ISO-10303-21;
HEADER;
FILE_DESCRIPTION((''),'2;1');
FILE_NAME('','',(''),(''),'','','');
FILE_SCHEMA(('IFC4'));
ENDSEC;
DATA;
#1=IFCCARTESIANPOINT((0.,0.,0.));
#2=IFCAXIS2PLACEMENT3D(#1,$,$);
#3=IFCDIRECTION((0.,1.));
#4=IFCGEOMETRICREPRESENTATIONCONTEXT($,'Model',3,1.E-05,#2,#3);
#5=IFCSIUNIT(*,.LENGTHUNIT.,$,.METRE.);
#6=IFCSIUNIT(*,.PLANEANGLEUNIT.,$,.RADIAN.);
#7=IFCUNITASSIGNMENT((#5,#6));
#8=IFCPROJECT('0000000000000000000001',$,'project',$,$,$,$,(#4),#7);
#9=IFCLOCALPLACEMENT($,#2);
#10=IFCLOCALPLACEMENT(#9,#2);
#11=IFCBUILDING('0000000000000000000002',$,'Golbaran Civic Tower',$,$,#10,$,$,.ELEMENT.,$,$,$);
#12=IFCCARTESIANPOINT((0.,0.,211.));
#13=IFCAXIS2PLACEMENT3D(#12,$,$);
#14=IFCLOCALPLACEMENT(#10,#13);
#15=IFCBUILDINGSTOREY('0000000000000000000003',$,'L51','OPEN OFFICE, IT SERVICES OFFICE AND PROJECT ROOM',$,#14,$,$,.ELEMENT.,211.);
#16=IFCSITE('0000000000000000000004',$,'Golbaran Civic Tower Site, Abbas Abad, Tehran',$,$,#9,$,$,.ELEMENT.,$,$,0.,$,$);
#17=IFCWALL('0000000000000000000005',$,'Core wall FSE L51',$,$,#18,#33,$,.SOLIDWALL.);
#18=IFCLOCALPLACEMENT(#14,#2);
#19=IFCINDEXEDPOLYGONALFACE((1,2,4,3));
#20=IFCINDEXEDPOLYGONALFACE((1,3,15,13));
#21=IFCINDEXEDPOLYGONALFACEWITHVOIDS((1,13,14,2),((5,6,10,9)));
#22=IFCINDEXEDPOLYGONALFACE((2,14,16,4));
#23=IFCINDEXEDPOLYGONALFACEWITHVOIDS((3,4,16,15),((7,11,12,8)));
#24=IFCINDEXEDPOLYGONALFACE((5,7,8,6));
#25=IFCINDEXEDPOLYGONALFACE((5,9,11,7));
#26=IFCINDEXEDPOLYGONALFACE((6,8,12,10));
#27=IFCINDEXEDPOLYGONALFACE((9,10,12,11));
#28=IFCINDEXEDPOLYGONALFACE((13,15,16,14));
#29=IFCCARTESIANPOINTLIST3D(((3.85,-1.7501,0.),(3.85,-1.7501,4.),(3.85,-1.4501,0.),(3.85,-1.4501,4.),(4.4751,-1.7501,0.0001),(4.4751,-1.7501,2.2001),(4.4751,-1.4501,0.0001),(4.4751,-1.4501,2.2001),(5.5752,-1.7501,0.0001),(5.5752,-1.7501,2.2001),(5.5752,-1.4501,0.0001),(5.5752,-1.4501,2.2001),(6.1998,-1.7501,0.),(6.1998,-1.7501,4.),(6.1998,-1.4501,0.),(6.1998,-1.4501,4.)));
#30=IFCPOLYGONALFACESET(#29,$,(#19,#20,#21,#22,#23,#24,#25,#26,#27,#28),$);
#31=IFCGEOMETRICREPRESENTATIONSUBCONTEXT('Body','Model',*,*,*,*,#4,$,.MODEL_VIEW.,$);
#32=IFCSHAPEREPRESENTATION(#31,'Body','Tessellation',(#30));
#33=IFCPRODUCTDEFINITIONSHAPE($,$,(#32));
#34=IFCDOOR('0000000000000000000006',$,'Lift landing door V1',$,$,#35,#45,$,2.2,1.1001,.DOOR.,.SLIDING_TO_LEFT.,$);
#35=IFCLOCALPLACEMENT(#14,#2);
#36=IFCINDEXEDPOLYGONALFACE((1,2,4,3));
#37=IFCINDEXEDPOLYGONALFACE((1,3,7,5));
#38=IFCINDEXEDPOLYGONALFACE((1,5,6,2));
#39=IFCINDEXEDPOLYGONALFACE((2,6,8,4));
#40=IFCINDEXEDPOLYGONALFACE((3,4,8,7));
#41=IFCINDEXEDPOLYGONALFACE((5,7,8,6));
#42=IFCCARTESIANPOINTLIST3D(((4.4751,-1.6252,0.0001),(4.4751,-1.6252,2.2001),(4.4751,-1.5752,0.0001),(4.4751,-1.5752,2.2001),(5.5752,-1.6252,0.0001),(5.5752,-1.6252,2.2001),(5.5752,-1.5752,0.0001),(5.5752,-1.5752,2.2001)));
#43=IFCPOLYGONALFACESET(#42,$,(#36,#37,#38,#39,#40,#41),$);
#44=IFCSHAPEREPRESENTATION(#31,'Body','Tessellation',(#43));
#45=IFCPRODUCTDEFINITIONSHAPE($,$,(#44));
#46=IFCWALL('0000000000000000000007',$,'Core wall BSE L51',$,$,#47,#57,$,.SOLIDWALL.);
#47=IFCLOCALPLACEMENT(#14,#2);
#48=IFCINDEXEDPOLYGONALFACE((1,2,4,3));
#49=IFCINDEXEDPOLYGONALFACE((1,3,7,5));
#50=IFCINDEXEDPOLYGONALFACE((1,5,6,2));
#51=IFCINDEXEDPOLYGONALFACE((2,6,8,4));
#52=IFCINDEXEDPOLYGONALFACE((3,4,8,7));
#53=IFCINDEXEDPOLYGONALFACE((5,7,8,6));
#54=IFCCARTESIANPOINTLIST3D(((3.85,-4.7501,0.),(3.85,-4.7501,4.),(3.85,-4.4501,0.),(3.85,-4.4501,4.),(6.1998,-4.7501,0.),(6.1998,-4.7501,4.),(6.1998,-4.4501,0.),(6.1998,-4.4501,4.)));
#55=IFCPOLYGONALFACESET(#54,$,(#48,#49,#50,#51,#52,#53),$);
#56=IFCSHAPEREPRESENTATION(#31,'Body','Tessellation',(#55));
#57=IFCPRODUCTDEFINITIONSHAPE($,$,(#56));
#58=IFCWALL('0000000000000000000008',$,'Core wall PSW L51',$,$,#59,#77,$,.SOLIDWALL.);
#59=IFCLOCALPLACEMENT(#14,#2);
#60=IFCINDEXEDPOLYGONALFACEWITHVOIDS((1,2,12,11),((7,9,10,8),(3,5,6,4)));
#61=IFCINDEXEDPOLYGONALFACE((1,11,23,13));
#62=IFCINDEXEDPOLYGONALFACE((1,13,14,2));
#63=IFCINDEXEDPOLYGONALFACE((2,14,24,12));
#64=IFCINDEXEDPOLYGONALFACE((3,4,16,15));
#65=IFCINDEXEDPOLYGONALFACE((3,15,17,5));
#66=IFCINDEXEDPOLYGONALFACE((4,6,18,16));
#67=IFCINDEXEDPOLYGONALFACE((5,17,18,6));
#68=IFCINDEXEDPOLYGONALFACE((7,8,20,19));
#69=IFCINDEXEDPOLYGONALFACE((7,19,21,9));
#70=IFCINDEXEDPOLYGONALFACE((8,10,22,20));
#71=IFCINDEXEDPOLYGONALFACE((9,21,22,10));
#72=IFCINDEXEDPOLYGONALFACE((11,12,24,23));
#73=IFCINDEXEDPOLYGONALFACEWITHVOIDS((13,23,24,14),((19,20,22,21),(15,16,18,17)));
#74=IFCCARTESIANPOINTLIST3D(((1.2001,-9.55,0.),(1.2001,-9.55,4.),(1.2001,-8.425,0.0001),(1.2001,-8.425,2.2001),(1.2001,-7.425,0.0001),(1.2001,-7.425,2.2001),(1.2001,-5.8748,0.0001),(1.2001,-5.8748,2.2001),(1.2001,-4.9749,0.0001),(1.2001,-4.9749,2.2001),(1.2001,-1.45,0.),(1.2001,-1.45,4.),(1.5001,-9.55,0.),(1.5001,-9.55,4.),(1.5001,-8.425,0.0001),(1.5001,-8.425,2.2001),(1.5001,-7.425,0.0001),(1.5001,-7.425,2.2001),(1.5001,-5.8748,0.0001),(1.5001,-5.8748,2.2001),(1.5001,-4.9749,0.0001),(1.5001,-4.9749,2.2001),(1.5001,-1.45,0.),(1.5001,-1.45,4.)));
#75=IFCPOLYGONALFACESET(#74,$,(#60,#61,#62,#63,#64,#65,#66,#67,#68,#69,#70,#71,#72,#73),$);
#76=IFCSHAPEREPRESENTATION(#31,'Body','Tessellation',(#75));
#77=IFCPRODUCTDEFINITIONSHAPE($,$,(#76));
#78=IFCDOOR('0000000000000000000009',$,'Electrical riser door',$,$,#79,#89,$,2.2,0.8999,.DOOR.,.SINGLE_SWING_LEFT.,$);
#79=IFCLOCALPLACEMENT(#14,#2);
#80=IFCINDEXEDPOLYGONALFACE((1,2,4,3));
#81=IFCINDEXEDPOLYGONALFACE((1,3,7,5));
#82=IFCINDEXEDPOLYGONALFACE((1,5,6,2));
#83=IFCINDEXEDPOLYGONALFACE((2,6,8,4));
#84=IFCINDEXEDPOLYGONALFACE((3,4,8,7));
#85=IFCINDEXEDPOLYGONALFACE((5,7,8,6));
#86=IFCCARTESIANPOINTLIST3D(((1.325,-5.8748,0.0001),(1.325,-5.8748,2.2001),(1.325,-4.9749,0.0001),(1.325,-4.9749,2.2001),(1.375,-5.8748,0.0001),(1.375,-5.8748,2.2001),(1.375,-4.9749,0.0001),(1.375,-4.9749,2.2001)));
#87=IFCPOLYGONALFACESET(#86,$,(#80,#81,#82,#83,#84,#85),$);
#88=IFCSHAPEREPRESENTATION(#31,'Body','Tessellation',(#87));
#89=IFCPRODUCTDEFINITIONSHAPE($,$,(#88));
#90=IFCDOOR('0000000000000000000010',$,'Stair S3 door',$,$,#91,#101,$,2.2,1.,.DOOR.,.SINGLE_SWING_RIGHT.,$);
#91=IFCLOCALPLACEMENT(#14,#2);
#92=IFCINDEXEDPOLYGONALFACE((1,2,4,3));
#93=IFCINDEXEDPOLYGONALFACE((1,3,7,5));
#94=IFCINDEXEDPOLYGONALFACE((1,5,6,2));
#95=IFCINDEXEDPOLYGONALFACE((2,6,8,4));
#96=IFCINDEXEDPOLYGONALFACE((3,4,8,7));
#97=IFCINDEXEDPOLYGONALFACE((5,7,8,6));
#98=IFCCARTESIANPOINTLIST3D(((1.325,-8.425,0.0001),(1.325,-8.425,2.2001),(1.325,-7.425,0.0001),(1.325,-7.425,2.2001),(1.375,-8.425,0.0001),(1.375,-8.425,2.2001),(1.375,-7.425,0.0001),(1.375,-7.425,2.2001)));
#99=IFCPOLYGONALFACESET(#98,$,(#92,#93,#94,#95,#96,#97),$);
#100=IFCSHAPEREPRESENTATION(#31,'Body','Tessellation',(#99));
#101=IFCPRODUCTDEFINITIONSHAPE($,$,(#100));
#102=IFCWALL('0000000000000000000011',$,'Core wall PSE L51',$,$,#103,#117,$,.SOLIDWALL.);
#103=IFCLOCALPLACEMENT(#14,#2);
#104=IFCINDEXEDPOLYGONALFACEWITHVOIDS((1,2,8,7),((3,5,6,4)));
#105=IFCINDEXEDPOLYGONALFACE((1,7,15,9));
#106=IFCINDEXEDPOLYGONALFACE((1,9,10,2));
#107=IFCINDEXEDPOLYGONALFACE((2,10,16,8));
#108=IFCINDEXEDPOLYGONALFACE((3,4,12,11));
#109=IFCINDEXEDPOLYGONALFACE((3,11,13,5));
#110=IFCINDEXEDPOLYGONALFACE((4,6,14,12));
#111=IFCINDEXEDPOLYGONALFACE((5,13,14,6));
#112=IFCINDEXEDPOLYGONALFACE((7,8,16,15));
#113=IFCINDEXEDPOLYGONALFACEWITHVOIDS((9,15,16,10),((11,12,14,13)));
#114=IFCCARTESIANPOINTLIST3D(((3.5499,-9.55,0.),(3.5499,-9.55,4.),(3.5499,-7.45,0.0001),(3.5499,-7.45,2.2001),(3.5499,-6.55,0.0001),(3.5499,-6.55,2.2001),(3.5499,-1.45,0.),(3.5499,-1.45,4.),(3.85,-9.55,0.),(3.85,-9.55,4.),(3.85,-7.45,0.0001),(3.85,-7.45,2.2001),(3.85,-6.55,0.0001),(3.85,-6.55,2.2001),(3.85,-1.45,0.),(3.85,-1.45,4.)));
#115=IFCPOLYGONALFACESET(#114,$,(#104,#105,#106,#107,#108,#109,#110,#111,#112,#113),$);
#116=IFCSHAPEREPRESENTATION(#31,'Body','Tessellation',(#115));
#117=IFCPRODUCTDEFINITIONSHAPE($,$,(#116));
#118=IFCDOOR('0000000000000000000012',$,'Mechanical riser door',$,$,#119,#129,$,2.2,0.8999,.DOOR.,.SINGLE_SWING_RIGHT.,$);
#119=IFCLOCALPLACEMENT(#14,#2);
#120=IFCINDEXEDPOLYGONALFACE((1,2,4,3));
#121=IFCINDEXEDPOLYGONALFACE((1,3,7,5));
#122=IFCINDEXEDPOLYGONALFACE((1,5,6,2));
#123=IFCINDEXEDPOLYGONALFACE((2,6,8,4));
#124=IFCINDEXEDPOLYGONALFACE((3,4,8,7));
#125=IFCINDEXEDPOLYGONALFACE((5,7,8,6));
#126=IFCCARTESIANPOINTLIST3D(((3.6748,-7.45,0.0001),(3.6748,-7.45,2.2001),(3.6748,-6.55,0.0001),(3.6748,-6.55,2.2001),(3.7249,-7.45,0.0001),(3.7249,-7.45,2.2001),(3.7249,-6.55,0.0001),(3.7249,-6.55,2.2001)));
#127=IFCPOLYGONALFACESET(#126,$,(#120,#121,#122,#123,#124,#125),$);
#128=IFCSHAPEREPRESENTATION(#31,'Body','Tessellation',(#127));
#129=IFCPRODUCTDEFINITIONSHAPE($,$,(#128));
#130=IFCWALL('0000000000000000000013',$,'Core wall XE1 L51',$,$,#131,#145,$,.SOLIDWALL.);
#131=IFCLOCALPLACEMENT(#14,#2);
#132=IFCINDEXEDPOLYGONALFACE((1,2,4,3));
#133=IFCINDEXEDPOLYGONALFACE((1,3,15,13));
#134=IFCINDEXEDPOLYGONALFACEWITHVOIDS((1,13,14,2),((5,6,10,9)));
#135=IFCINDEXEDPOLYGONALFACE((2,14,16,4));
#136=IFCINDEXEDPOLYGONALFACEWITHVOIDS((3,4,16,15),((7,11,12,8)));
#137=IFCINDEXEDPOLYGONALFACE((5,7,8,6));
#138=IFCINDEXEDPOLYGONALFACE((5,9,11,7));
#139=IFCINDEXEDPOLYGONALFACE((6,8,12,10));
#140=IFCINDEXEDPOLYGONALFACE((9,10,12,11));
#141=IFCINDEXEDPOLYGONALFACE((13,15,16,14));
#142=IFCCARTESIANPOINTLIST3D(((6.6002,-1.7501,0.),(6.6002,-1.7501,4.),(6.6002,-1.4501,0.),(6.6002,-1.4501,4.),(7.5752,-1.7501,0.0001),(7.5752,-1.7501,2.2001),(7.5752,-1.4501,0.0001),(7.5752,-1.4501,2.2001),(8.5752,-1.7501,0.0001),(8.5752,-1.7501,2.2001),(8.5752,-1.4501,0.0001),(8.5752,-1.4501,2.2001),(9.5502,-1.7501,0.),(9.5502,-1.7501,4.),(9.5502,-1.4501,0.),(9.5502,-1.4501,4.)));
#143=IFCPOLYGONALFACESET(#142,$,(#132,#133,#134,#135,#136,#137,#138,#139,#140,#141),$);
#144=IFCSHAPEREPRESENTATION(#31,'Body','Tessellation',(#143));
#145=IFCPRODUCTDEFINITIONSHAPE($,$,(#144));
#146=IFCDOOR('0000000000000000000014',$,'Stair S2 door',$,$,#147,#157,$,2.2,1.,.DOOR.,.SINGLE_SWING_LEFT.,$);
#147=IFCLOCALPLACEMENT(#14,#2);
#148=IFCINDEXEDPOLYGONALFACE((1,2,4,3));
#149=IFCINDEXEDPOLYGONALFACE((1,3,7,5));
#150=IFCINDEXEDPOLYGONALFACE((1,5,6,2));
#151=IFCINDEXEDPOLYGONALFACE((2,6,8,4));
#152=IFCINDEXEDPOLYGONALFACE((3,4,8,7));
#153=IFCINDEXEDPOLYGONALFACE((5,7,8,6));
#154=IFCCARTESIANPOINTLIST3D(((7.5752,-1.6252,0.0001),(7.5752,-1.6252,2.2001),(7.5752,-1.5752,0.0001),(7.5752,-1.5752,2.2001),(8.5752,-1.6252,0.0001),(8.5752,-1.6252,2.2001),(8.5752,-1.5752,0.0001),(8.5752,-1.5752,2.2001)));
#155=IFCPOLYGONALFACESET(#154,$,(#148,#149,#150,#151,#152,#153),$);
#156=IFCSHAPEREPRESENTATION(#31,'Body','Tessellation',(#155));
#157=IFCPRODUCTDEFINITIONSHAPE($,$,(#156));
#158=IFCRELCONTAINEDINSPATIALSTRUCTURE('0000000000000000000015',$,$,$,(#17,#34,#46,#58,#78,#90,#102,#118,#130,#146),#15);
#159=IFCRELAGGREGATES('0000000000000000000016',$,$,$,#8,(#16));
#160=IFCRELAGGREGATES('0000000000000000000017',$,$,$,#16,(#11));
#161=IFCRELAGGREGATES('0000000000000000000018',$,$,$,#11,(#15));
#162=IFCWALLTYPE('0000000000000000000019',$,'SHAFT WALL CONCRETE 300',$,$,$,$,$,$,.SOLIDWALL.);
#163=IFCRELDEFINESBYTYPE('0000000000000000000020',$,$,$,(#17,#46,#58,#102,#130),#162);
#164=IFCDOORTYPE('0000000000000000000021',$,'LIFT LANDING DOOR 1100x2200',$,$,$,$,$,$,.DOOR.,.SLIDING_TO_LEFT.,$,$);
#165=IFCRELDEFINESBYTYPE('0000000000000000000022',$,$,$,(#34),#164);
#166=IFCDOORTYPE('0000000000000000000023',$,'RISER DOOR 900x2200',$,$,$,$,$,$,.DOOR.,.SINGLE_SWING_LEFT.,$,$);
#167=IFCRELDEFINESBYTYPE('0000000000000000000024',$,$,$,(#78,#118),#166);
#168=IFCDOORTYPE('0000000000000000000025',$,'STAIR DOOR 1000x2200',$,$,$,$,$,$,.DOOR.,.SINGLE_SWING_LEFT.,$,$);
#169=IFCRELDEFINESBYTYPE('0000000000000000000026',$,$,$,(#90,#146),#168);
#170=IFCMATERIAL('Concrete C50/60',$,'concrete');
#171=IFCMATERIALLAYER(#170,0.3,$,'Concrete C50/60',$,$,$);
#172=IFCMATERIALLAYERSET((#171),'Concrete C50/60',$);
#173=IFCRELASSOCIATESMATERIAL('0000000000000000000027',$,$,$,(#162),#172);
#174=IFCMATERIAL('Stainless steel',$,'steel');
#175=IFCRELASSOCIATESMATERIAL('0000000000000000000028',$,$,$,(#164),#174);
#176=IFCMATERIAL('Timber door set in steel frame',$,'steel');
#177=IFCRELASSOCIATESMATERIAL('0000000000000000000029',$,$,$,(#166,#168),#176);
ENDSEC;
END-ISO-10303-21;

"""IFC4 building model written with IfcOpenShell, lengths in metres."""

from ifc_helpers import new_model, si_unit, direction, frame, frame_2d, origin, place, context, subcontext, project, spatial, rectangle, extrude, material, layer, layer_set, type_object, element, fill, save


model = new_model("IFC4")

# Units and contexts
model_context = context("Model", 3, precision=1e-05, world=origin(), true_north=direction((0.0, 1.0)))
body_context = subcontext(model_context, "Body", "Model", "MODEL_VIEW")
ifc_project = project(units=[si_unit("LENGTHUNIT", "METRE"), si_unit("PLANEANGLEUNIT", "RADIAN")], contexts=[model_context])

# Site, building, storey
site_placement = place(None, origin())
site = spatial("IfcSite", under=ifc_project, at=site_placement, Name="Golbaran Civic Tower Site, Abbas Abad, Tehran", CompositionType="ELEMENT", RefElevation=0.0)
building_placement = place(site_placement, origin())
building = spatial("IfcBuilding", under=site, at=building_placement, Name="Golbaran Civic Tower", CompositionType="ELEMENT")
storey_placement = place(building_placement, frame((0.0, 0.0, 211.0)))
storey = spatial("IfcBuildingStorey", under=building, at=storey_placement, Name="L51", Description="OPEN OFFICE, IT SERVICES OFFICE AND PROJECT ROOM", CompositionType="ELEMENT", Elevation=211.0)

# Wall, opening, door
ifc_material_1 = material(Name="Concrete C50/60", Category="concrete")
ifc_layer_1 = layer(ifc_material_1, 0.3, Name="Concrete C50/60")
ifc_layer_set_1 = layer_set([ifc_layer_1], Name="Concrete C50/60")
wall_type = type_object("IfcWallType", Name="SHAFT WALL CONCRETE 300", PredefinedType="SOLIDWALL", material=ifc_layer_set_1)
wall_1_placement = place(storey_placement, frame((3.8501, -1.6001, 0.0), z_axis=(0.0, 0.0, 1.0), x_axis=(1.0, 0.0, 0.0)))
wall_1 = element("IfcWall", 1, at=wall_1_placement, inside=storey, type_object=wall_type, Name="Core wall FSE L51", PredefinedType="SOLIDWALL", context=body_context, shape_type="SweptSolid", body=[
    extrude(rectangle(XDim=2.3499, YDim=0.3, at=frame_2d((1.1748, 0.0))), origin(), (0.0, 0.0, 1.0), 4.0),
])
opening_1_placement = place(wall_1_placement, frame((0.625, 0.0, 0.0)))
opening_1 = element("IfcOpeningElement", 2, at=opening_1_placement, cuts=wall_1, PredefinedType="OPENING", context=body_context, shape_type="SweptSolid", body=[
    extrude(rectangle(XDim=1.1001, YDim=2.2, at=frame_2d((0.55, 1.1001))), frame((0.0, 0.1599, 0.0), z_axis=(0.0, -1.0, 0.0), x_axis=(1.0, 0.0, 0.0)), (0.0, 0.0, 1.0), 0.3201),
])
ifc_material_2 = material(Name="Stainless steel", Category="steel")
door_type_1 = type_object("IfcDoorType", Name="LIFT LANDING DOOR 1100x2200", OperationType="SLIDING_TO_LEFT", PredefinedType="DOOR", material=ifc_material_2)
door_1_placement = place(opening_1_placement, origin())
door_1 = element("IfcDoor", 3, at=door_1_placement, inside=storey, type_object=door_type_1, Name="Lift landing door V1", OperationType="SLIDING_TO_LEFT", OverallHeight=2.2, OverallWidth=1.1001, PredefinedType="DOOR", context=body_context, shape_type="SweptSolid", body=[
    extrude(rectangle(XDim=1.1001, YDim=2.2, at=frame_2d((0.55, 1.1001))), frame((0.0, 0.0249, 0.0), z_axis=(0.0, -1.0, 0.0), x_axis=(1.0, 0.0, 0.0)), (0.0, 0.0, 1.0), 0.05),
])
fill(opening_1, door_1)

# Wall
wall_2_placement = place(storey_placement, frame((3.8501, -4.6001, 0.0), z_axis=(0.0, 0.0, 1.0), x_axis=(1.0, 0.0, 0.0)))
element("IfcWall", 4, at=wall_2_placement, inside=storey, type_object=wall_type, Name="Core wall BSE L51", PredefinedType="SOLIDWALL", context=body_context, shape_type="SweptSolid", body=[
    extrude(rectangle(XDim=2.3499, YDim=0.3, at=frame_2d((1.1748, 0.0))), origin(), (0.0, 0.0, 1.0), 4.0),
])

# Wall, openings, doors
wall_3_placement = place(storey_placement, frame((1.3501, -1.45, 0.0), z_axis=(0.0, 0.0, 1.0), x_axis=(0.0, -1.0, 0.0)))
wall_3 = element("IfcWall", 5, at=wall_3_placement, inside=storey, type_object=wall_type, Name="Core wall PSW L51", PredefinedType="SOLIDWALL", context=body_context, shape_type="SweptSolid", body=[
    extrude(rectangle(XDim=8.1001, YDim=0.3, at=frame_2d((4.05, 0.0))), origin(), (0.0, 0.0, 1.0), 4.0),
])
opening_2_placement = place(wall_3_placement, frame((5.9751, 0.0, 0.0)))
opening_2 = element("IfcOpeningElement", 6, at=opening_2_placement, cuts=wall_3, PredefinedType="OPENING", context=body_context, shape_type="SweptSolid", body=[
    extrude(rectangle(XDim=1.0, YDim=2.2, at=frame_2d((0.5, 1.1001))), frame((0.0, 0.1599, 0.0), z_axis=(0.0, -1.0, 0.0), x_axis=(1.0, 0.0, 0.0)), (0.0, 0.0, 1.0), 0.3201),
])
opening_3_placement = place(wall_3_placement, frame((3.5249, 0.0, 0.0)))
opening_3 = element("IfcOpeningElement", 7, at=opening_3_placement, cuts=wall_3, PredefinedType="OPENING", context=body_context, shape_type="SweptSolid", body=[
    extrude(rectangle(XDim=0.8999, YDim=2.2, at=frame_2d((0.45, 1.1001))), frame((0.0, 0.1599, 0.0), z_axis=(0.0, -1.0, 0.0), x_axis=(1.0, 0.0, 0.0)), (0.0, 0.0, 1.0), 0.3201),
])
ifc_material_3 = material(Name="Timber door set in steel frame", Category="steel")
door_type_2 = type_object("IfcDoorType", Name="RISER DOOR 900x2200", OperationType="SINGLE_SWING_LEFT", PredefinedType="DOOR", material=ifc_material_3)
door_2_placement = place(opening_3_placement, origin())
door_2 = element("IfcDoor", 8, at=door_2_placement, inside=storey, type_object=door_type_2, Name="Electrical riser door", OperationType="SINGLE_SWING_LEFT", OverallHeight=2.2, OverallWidth=0.8999, PredefinedType="DOOR", context=body_context, shape_type="SweptSolid", body=[
    extrude(rectangle(XDim=0.8999, YDim=2.2, at=frame_2d((0.45, 1.1001))), frame((0.0, 0.0249, 0.0), z_axis=(0.0, -1.0, 0.0), x_axis=(1.0, 0.0, 0.0)), (0.0, 0.0, 1.0), 0.05),
])
fill(opening_3, door_2)
door_type_3 = type_object("IfcDoorType", Name="STAIR DOOR 1000x2200", OperationType="SINGLE_SWING_LEFT", PredefinedType="DOOR", material=ifc_material_3)
door_3_placement = place(opening_2_placement, origin())
door_3 = element("IfcDoor", 9, at=door_3_placement, inside=storey, type_object=door_type_3, Name="Stair S3 door", OperationType="SINGLE_SWING_RIGHT", OverallHeight=2.2, OverallWidth=1.0, PredefinedType="DOOR", context=body_context, shape_type="SweptSolid", body=[
    extrude(rectangle(XDim=1.0, YDim=2.2, at=frame_2d((0.5, 1.1001))), frame((0.0, 0.0249, 0.0), z_axis=(0.0, -1.0, 0.0), x_axis=(1.0, 0.0, 0.0)), (0.0, 0.0, 1.0), 0.05),
])
fill(opening_2, door_3)

# Walls, openings, doors
wall_4_placement = place(storey_placement, frame((3.7, -1.45, 0.0), z_axis=(0.0, 0.0, 1.0), x_axis=(0.0, -1.0, 0.0)))
wall_4 = element("IfcWall", 10, at=wall_4_placement, inside=storey, type_object=wall_type, Name="Core wall PSE L51", PredefinedType="SOLIDWALL", context=body_context, shape_type="SweptSolid", body=[
    extrude(rectangle(XDim=8.1001, YDim=0.3, at=frame_2d((4.05, 0.0))), origin(), (0.0, 0.0, 1.0), 4.0),
])
opening_4_placement = place(wall_4_placement, frame((5.1001, 0.0, 0.0)))
opening_4 = element("IfcOpeningElement", 11, at=opening_4_placement, cuts=wall_4, PredefinedType="OPENING", context=body_context, shape_type="SweptSolid", body=[
    extrude(rectangle(XDim=0.8999, YDim=2.2, at=frame_2d((0.45, 1.1001))), frame((0.0, 0.1599, 0.0), z_axis=(0.0, -1.0, 0.0), x_axis=(1.0, 0.0, 0.0)), (0.0, 0.0, 1.0), 0.3201),
])
door_4_placement = place(opening_4_placement, origin())
door_4 = element("IfcDoor", 12, at=door_4_placement, inside=storey, type_object=door_type_2, Name="Mechanical riser door", OperationType="SINGLE_SWING_RIGHT", OverallHeight=2.2, OverallWidth=0.8999, PredefinedType="DOOR", context=body_context, shape_type="SweptSolid", body=[
    extrude(rectangle(XDim=0.8999, YDim=2.2, at=frame_2d((0.45, 1.1001))), frame((0.0, 0.0249, 0.0), z_axis=(0.0, -1.0, 0.0), x_axis=(1.0, 0.0, 0.0)), (0.0, 0.0, 1.0), 0.05),
])
fill(opening_4, door_4)
wall_5_placement = place(storey_placement, frame((6.6001, -1.6001, 0.0), z_axis=(0.0, 0.0, 1.0), x_axis=(1.0, 0.0, 0.0)))
wall_5 = element("IfcWall", 13, at=wall_5_placement, inside=storey, type_object=wall_type, Name="Core wall XE1 L51", PredefinedType="SOLIDWALL", context=body_context, shape_type="SweptSolid", body=[
    extrude(rectangle(XDim=2.95, YDim=0.3, at=frame_2d((1.4751, 0.0))), origin(), (0.0, 0.0, 1.0), 4.0),
])
opening_5_placement = place(wall_5_placement, frame((0.9751, 0.0, 0.0)))
opening_5 = element("IfcOpeningElement", 14, at=opening_5_placement, cuts=wall_5, PredefinedType="OPENING", context=body_context, shape_type="SweptSolid", body=[
    extrude(rectangle(XDim=1.0, YDim=2.2, at=frame_2d((0.5, 1.1001))), frame((0.0, 0.1599, 0.0), z_axis=(0.0, -1.0, 0.0), x_axis=(1.0, 0.0, 0.0)), (0.0, 0.0, 1.0), 0.3201),
])
door_5_placement = place(opening_5_placement, origin())
door_5 = element("IfcDoor", 15, at=door_5_placement, inside=storey, type_object=door_type_3, Name="Stair S2 door", OperationType="SINGLE_SWING_LEFT", OverallHeight=2.2, OverallWidth=1.0, PredefinedType="DOOR", context=body_context, shape_type="SweptSolid", body=[
    extrude(rectangle(XDim=1.0, YDim=2.2, at=frame_2d((0.5, 1.1001))), frame((0.0, 0.0249, 0.0), z_axis=(0.0, -1.0, 0.0), x_axis=(1.0, 0.0, 0.0)), (0.0, 0.0, 1.0), 0.05),
])
fill(opening_5, door_5)

save(model, "model.ifc")
